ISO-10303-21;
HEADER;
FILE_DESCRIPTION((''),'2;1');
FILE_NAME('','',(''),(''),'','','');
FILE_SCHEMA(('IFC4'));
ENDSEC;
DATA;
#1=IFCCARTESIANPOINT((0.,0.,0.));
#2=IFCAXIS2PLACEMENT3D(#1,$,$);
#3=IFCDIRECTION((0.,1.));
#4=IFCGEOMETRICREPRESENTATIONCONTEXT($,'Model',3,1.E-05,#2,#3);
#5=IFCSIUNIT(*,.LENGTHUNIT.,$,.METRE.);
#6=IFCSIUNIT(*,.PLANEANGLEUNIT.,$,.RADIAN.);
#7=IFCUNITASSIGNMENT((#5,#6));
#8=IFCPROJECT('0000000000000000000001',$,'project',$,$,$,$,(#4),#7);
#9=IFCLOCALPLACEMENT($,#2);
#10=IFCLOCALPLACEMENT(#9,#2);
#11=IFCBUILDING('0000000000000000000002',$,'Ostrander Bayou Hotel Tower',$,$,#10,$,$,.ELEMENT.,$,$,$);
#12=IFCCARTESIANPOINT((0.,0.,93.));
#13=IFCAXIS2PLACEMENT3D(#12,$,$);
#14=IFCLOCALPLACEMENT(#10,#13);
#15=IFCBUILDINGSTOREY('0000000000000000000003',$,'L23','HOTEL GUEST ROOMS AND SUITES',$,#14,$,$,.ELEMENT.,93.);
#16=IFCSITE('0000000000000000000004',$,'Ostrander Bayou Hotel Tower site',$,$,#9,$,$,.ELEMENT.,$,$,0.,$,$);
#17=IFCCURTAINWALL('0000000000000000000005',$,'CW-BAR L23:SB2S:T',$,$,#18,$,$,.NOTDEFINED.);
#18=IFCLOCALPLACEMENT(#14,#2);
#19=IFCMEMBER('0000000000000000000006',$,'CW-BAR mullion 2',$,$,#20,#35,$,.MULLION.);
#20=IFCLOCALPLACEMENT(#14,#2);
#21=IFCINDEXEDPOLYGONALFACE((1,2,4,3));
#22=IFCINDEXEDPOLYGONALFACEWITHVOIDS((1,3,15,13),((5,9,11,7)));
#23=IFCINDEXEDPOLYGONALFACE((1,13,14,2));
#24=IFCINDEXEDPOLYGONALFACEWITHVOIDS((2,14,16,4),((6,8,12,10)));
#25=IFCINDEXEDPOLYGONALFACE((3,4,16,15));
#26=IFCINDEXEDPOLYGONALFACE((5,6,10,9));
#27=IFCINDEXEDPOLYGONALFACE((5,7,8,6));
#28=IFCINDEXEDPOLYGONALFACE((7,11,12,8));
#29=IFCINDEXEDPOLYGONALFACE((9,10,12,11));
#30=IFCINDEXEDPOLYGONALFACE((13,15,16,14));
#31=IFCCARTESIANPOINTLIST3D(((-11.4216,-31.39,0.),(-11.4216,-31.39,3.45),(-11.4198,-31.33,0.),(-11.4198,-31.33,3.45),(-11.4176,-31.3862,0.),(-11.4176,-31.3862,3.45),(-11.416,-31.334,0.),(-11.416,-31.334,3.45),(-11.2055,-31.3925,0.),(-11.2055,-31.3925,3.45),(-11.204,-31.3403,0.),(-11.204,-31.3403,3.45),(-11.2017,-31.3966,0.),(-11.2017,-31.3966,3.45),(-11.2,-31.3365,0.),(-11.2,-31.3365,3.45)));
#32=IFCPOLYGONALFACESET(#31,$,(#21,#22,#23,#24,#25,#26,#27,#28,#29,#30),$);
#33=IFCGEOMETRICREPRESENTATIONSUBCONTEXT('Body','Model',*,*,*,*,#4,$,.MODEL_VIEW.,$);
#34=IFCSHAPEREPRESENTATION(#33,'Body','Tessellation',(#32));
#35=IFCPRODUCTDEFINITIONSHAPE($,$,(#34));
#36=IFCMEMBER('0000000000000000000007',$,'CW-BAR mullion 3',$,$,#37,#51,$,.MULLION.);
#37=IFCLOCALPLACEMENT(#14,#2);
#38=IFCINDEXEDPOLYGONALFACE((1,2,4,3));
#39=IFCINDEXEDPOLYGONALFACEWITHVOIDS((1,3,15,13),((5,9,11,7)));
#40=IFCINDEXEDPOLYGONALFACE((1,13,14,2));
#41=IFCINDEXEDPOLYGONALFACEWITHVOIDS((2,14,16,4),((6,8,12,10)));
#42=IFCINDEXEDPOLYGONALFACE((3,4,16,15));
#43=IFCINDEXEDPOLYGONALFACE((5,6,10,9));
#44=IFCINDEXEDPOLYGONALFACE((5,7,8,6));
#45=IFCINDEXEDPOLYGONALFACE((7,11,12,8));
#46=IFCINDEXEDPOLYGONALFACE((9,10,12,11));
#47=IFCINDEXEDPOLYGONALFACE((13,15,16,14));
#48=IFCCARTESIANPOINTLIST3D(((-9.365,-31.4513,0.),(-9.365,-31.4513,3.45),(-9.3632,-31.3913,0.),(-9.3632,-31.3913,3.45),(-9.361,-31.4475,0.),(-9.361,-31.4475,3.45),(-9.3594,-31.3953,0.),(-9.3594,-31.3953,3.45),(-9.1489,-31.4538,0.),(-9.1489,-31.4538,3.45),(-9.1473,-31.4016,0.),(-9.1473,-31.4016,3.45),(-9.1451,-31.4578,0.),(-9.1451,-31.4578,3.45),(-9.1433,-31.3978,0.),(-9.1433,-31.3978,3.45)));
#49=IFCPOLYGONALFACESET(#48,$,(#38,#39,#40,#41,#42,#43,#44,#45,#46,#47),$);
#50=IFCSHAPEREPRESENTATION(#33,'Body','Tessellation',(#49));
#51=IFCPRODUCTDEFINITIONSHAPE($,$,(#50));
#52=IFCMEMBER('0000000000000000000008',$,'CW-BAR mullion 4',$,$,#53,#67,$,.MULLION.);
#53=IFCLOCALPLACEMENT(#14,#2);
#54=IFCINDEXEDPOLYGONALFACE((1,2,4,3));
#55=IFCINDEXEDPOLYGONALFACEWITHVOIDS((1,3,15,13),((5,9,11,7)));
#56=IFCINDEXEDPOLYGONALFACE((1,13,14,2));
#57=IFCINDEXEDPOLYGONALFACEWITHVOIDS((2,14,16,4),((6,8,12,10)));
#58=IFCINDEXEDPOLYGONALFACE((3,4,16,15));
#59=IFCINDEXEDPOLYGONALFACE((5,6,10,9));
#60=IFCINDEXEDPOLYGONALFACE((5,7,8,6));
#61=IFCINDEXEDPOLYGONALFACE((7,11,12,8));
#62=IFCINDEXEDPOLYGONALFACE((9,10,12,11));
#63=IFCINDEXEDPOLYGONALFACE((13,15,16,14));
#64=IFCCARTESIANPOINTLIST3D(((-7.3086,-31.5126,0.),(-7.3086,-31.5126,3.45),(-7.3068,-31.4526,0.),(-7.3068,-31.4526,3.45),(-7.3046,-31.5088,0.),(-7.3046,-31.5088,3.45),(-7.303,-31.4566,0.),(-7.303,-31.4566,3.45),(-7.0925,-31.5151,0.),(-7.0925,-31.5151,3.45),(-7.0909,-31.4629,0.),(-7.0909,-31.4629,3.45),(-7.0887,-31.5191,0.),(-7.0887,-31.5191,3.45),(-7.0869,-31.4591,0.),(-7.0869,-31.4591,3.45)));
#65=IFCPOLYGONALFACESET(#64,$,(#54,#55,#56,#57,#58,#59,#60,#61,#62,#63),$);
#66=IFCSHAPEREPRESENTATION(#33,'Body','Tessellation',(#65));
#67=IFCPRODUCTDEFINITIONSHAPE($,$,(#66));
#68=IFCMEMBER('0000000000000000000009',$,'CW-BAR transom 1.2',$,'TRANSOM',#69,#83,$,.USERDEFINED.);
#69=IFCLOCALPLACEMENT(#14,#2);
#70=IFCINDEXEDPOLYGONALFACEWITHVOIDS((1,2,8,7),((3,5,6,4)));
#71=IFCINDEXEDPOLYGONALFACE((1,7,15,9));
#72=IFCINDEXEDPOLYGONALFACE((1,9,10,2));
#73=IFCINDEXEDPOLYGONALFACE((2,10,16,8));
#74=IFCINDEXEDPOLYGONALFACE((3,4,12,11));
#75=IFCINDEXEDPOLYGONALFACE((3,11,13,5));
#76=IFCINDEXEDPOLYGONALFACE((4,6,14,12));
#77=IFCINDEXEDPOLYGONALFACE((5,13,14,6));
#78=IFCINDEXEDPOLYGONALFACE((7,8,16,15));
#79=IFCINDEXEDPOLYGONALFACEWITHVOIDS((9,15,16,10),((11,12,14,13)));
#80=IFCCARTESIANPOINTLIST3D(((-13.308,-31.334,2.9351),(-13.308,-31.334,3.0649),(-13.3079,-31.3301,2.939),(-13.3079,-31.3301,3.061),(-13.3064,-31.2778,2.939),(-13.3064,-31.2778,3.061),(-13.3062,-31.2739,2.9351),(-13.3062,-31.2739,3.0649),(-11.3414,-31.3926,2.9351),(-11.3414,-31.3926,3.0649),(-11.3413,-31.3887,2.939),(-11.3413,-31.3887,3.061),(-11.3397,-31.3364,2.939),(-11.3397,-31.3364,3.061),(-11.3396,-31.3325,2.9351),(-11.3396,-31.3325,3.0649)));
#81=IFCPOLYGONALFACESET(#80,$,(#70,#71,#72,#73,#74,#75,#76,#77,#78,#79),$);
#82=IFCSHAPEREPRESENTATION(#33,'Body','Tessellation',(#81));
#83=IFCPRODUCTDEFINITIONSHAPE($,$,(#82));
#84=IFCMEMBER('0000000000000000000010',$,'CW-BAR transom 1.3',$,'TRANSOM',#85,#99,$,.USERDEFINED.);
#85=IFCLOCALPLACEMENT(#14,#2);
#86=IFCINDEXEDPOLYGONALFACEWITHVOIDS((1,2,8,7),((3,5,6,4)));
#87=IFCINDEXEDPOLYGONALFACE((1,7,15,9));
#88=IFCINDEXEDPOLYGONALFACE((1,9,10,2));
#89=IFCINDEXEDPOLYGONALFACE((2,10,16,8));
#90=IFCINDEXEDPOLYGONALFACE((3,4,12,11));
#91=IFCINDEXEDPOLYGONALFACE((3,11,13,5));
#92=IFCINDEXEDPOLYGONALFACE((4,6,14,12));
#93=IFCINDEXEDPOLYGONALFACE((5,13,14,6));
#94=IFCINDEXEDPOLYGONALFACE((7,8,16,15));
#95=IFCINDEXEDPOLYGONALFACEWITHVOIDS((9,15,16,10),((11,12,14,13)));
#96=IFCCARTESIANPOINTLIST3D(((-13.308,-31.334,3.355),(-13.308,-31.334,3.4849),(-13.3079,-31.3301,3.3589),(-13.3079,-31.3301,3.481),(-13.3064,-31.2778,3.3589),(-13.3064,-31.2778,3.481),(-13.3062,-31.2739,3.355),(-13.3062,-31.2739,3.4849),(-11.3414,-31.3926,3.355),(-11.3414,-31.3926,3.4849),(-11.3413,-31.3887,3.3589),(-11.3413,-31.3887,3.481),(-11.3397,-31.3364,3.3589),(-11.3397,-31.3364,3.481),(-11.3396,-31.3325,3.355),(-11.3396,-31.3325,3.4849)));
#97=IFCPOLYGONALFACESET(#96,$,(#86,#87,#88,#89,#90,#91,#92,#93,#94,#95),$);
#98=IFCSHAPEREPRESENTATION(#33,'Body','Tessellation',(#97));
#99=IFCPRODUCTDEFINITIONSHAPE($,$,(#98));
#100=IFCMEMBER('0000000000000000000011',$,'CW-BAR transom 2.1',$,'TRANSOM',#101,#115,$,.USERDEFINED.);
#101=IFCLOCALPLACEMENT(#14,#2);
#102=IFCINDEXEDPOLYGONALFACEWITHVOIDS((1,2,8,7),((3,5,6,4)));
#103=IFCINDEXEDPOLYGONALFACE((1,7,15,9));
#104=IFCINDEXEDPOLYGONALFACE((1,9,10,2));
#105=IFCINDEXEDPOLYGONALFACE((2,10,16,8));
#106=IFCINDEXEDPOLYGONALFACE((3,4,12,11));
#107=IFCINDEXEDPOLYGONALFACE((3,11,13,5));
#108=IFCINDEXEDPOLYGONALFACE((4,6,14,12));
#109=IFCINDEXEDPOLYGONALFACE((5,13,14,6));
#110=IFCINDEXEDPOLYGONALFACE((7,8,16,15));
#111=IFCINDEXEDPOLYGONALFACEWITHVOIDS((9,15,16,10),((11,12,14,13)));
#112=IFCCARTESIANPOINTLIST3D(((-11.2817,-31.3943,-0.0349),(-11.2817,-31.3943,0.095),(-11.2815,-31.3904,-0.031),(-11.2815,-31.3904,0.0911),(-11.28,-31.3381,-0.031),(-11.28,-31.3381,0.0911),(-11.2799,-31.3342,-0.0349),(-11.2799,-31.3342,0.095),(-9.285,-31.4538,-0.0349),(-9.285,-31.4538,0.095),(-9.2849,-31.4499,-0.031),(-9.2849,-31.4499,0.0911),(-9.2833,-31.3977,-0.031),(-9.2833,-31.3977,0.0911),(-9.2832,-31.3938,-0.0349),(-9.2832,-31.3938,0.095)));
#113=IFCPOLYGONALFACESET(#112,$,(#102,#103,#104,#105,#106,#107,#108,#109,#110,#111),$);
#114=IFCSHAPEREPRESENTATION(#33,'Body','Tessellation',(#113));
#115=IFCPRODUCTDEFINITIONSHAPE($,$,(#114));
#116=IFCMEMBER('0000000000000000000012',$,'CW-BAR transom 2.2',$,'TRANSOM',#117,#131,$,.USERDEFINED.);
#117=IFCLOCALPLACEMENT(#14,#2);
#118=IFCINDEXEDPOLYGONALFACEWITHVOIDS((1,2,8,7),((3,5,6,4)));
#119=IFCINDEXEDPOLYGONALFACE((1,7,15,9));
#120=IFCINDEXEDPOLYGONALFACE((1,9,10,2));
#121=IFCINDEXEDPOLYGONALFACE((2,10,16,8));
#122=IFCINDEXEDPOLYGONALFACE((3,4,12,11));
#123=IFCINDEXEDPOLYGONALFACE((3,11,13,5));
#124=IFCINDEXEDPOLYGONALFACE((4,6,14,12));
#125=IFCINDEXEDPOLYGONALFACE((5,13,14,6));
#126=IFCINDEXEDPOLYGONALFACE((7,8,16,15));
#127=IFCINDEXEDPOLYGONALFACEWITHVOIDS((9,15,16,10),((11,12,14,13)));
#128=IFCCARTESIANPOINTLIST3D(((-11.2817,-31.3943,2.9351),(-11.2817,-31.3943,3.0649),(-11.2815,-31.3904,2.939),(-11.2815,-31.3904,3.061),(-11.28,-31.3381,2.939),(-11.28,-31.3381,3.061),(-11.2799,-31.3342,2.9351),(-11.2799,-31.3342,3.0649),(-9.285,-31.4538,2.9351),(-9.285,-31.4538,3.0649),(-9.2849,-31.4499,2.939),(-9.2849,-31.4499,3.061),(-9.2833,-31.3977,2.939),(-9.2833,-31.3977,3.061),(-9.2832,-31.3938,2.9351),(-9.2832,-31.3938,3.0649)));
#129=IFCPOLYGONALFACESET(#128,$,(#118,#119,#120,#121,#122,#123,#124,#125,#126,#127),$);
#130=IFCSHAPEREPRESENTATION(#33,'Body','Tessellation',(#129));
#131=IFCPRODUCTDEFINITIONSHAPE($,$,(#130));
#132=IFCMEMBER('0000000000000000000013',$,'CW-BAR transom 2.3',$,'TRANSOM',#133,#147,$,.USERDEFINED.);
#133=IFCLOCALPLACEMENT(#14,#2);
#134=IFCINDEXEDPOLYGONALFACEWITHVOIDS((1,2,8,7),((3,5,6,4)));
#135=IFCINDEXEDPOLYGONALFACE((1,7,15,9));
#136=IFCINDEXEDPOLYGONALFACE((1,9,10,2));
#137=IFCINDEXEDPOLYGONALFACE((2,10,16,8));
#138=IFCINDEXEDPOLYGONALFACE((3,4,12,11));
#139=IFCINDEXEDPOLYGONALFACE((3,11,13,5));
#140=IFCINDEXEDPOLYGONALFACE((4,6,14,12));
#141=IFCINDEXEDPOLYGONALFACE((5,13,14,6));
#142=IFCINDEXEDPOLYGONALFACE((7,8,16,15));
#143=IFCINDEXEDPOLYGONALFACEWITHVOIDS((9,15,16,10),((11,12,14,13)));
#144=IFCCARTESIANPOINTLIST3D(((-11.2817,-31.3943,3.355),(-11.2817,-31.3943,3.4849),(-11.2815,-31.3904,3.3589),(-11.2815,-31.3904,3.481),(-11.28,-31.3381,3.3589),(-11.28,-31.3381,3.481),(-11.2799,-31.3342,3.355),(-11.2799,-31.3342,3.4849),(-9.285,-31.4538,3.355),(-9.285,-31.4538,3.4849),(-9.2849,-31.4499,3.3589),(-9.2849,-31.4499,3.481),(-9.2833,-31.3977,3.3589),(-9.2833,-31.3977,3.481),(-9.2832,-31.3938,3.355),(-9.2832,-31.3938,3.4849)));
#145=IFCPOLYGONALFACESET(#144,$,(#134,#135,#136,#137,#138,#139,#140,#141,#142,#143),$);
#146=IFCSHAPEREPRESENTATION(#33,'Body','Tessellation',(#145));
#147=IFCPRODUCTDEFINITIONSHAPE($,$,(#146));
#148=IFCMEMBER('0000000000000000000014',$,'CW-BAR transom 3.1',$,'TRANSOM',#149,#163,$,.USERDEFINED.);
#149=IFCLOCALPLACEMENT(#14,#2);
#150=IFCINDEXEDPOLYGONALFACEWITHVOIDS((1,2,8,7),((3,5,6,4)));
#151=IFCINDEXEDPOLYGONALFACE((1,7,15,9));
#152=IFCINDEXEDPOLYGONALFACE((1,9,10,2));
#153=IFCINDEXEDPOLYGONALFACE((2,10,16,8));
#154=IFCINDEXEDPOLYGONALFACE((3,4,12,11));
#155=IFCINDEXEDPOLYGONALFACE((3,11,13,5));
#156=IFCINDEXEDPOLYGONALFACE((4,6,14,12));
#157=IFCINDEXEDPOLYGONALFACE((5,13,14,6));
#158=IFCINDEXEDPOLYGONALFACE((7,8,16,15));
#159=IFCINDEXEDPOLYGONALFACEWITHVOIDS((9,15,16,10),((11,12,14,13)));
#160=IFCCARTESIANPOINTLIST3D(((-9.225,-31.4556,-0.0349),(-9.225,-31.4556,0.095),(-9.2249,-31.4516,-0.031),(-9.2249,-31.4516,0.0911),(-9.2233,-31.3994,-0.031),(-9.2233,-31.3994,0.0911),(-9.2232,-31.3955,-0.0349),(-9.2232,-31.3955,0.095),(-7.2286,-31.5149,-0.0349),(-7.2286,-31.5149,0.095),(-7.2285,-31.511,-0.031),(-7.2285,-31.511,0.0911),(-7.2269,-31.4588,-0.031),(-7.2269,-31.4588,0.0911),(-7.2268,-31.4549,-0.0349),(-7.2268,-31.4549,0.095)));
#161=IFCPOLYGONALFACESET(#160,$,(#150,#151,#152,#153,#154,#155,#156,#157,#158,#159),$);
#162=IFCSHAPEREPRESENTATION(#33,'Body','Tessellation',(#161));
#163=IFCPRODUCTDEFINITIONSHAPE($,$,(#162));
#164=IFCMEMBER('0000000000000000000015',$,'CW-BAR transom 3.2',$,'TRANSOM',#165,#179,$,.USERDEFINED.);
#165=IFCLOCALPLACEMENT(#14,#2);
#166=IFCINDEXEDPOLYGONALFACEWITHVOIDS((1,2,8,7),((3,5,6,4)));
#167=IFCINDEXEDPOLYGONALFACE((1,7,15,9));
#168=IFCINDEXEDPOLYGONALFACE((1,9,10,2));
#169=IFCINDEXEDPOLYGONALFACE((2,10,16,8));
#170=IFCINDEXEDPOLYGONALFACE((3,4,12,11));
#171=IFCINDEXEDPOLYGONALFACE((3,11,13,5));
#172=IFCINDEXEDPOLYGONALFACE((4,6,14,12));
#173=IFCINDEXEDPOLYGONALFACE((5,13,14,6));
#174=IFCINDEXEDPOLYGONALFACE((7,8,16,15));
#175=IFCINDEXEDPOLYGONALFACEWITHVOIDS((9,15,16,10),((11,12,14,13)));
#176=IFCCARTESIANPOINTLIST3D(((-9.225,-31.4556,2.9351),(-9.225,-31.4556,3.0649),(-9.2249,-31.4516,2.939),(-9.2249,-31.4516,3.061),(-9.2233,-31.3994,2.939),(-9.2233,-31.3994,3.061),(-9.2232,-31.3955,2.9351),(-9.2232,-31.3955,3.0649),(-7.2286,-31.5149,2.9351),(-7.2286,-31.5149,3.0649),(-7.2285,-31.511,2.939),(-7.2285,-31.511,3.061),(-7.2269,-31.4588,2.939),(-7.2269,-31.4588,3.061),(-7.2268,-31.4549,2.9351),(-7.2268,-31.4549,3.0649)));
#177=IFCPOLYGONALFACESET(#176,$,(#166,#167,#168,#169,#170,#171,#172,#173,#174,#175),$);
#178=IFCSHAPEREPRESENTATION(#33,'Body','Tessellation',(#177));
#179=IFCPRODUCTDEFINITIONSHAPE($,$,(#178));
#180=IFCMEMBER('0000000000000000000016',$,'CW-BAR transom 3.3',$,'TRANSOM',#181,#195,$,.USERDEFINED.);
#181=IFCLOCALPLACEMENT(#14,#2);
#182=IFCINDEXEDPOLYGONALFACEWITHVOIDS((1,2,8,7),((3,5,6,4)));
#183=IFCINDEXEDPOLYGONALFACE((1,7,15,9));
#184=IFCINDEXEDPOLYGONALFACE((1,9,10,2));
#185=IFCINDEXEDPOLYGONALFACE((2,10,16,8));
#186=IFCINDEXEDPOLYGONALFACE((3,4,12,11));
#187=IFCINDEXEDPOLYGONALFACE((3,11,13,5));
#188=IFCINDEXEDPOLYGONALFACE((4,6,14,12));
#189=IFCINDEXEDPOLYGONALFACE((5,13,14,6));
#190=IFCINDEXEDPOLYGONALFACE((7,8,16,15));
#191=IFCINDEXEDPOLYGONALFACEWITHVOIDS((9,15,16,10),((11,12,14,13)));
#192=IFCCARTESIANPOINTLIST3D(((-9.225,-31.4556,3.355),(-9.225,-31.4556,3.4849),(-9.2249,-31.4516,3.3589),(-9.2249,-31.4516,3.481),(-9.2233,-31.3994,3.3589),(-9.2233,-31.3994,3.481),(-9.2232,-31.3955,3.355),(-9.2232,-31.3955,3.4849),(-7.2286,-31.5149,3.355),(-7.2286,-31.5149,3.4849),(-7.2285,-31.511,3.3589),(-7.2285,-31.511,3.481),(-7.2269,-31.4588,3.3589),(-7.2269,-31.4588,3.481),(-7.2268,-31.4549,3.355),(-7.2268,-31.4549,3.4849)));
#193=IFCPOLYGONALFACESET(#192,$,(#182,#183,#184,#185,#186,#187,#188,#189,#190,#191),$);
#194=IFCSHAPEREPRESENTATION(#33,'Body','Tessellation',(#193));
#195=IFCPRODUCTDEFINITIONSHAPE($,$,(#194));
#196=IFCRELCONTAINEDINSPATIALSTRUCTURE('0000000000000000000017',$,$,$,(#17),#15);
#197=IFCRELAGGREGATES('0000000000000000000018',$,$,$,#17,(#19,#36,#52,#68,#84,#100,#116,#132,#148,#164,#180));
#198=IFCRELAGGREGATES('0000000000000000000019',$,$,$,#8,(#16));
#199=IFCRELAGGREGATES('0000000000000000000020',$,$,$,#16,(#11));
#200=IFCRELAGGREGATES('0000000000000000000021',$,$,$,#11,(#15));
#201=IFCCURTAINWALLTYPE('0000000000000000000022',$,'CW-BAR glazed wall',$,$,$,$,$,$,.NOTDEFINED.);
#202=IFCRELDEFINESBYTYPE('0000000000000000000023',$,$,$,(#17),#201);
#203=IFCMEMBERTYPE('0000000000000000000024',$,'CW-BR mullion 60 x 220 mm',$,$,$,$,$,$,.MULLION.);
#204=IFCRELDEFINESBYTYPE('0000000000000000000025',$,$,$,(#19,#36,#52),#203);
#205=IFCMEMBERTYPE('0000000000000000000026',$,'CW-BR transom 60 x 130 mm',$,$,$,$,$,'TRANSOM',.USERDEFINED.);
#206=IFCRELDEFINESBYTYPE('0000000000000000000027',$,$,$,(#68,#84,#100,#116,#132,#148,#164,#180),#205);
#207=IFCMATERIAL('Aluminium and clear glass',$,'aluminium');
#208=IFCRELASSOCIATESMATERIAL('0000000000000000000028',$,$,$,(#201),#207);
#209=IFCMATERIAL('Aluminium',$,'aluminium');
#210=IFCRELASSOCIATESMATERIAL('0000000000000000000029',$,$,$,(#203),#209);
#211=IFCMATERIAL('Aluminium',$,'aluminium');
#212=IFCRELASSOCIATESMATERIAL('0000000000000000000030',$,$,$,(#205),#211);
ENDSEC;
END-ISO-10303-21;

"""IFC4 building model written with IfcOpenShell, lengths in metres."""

from ifc_helpers import new_model, si_unit, direction, frame, origin, origin_2d, place, context, subcontext, project, spatial, hollow_rectangle, extrude, material, material_profile, profile_set, type_object, element, aggregate, save


model = new_model("IFC4")

# Units and contexts
model_context = context("Model", 3, precision=1e-05, world=origin(), true_north=direction((0.0, 1.0)))
body_context = subcontext(model_context, "Body", "Model", "MODEL_VIEW")
ifc_project = project(units=[si_unit("LENGTHUNIT", "METRE"), si_unit("PLANEANGLEUNIT", "RADIAN")], contexts=[model_context])

# Site, building, storey
site_placement = place(None, origin())
site = spatial("IfcSite", under=ifc_project, at=site_placement, Name="Ostrander Bayou Hotel Tower site", CompositionType="ELEMENT", RefElevation=0.0)
building_placement = place(site_placement, origin())
building = spatial("IfcBuilding", under=site, at=building_placement, Name="Ostrander Bayou Hotel Tower", CompositionType="ELEMENT")
storey_placement = place(building_placement, frame((0.0, 0.0, 93.0)))
storey = spatial("IfcBuildingStorey", under=building, at=storey_placement, Name="L23", Description="HOTEL GUEST ROOMS AND SUITES", CompositionType="ELEMENT", Elevation=93.0)

# Curtain wall, members
ifc_material_1 = material(Name="Aluminium and clear glass", Category="aluminium")
curtain_wall_type = type_object("IfcCurtainWallType", Name="CW-BAR glazed wall", PredefinedType="NOTDEFINED", material=ifc_material_1)
curtain_wall_placement = place(storey_placement, origin())
curtain_wall = element("IfcCurtainWall", 1, at=curtain_wall_placement, inside=storey, type_object=curtain_wall_type, Name="CW-BAR L23:SB2S:T", PredefinedType="NOTDEFINED")
ifc_material_2 = material(Name="Aluminium", Category="aluminium")
ifc_material_profile_1 = material_profile(ifc_material_2, hollow_rectangle(XDim=0.0601, YDim=0.22, WallThickness=0.0039, at=origin_2d()))
ifc_profile_set_1 = profile_set([ifc_material_profile_1], Name="Aluminium")
member_type_1 = type_object("IfcMemberType", Name="CW-BR mullion 60 x 220 mm", PredefinedType="MULLION", material=ifc_profile_set_1)
member_1_placement = place(storey_placement, frame((-11.3108, -31.3633, 0.0), z_axis=(0.0, 0.0, 1.0), x_axis=(0.029746, 0.999557, 0.0)))
member_1 = element("IfcMember", 2, at=member_1_placement, type_object=member_type_1, Name="CW-BAR mullion 2", PredefinedType="MULLION", context=body_context, shape_type="SweptSolid", body=[
    extrude(hollow_rectangle(XDim=0.0601, YDim=0.22, WallThickness=0.0039, at=origin_2d()), origin(), (0.0, 0.0, 1.0), 3.45),
])
member_2_placement = place(storey_placement, frame((-9.2542, -31.4246, 0.0), z_axis=(0.0, 0.0, 1.0), x_axis=(0.029746, 0.999557, 0.0)))
member_2 = element("IfcMember", 3, at=member_2_placement, type_object=member_type_1, Name="CW-BAR mullion 3", PredefinedType="MULLION", context=body_context, shape_type="SweptSolid", body=[
    extrude(hollow_rectangle(XDim=0.0601, YDim=0.22, WallThickness=0.0039, at=origin_2d()), origin(), (0.0, 0.0, 1.0), 3.45),
])
member_3_placement = place(storey_placement, frame((-7.1978, -31.4858, 0.0), z_axis=(0.0, 0.0, 1.0), x_axis=(0.029746, 0.999557, 0.0)))
member_3 = element("IfcMember", 4, at=member_3_placement, type_object=member_type_1, Name="CW-BAR mullion 4", PredefinedType="MULLION", context=body_context, shape_type="SweptSolid", body=[
    extrude(hollow_rectangle(XDim=0.0601, YDim=0.22, WallThickness=0.0039, at=origin_2d()), origin(), (0.0, 0.0, 1.0), 3.45),
])
ifc_material_3 = material(Name="Aluminium", Category="aluminium")
ifc_material_profile_2 = material_profile(ifc_material_3, hollow_rectangle(XDim=0.0601, YDim=0.1299, WallThickness=0.0039, at=origin_2d()))
ifc_profile_set_2 = profile_set([ifc_material_profile_2], Name="Aluminium")
member_type_2 = type_object("IfcMemberType", Name="CW-BR transom 60 x 130 mm", ElementType="TRANSOM", PredefinedType="USERDEFINED", material=ifc_profile_set_2)
member_4_placement = place(storey_placement, frame((-13.3071, -31.304, 3.0), z_axis=(0.999556, -0.029782, 0.0), x_axis=(0.029782, 0.999556, 0.0)))
member_4 = element("IfcMember", 5, at=member_4_placement, type_object=member_type_2, Name="CW-BAR transom 1.2", ObjectType="TRANSOM", PredefinedType="USERDEFINED", context=body_context, shape_type="SweptSolid", body=[
    extrude(hollow_rectangle(XDim=0.0601, YDim=0.1299, WallThickness=0.0039, at=origin_2d()), origin(), (0.0, 0.0, 1.0), 1.9675),
])
member_5_placement = place(storey_placement, frame((-13.3071, -31.304, 3.4199), z_axis=(0.999556, -0.029782, 0.0), x_axis=(0.029782, 0.999556, 0.0)))
member_5 = element("IfcMember", 6, at=member_5_placement, type_object=member_type_2, Name="CW-BAR transom 1.3", ObjectType="TRANSOM", PredefinedType="USERDEFINED", context=body_context, shape_type="SweptSolid", body=[
    extrude(hollow_rectangle(XDim=0.0601, YDim=0.1299, WallThickness=0.0039, at=origin_2d()), origin(), (0.0, 0.0, 1.0), 1.9675),
])
member_6_placement = place(storey_placement, frame((-11.2808, -31.3643, 0.03), z_axis=(0.999555, -0.029823, 0.0), x_axis=(0.029823, 0.999555, 0.0)))
member_6 = element("IfcMember", 7, at=member_6_placement, type_object=member_type_2, Name="CW-BAR transom 2.1", ObjectType="TRANSOM", PredefinedType="USERDEFINED", context=body_context, shape_type="SweptSolid", body=[
    extrude(hollow_rectangle(XDim=0.0601, YDim=0.1299, WallThickness=0.0039, at=origin_2d()), origin(), (0.0, 0.0, 1.0), 1.9976),
])
member_7_placement = place(storey_placement, frame((-11.2808, -31.3643, 3.0), z_axis=(0.999555, -0.029823, 0.0), x_axis=(0.029823, 0.999555, 0.0)))
member_7 = element("IfcMember", 8, at=member_7_placement, type_object=member_type_2, Name="CW-BAR transom 2.2", ObjectType="TRANSOM", PredefinedType="USERDEFINED", context=body_context, shape_type="SweptSolid", body=[
    extrude(hollow_rectangle(XDim=0.0601, YDim=0.1299, WallThickness=0.0039, at=origin_2d()), origin(), (0.0, 0.0, 1.0), 1.9976),
])
member_8_placement = place(storey_placement, frame((-11.2808, -31.3643, 3.4199), z_axis=(0.999555, -0.029823, 0.0), x_axis=(0.029823, 0.999555, 0.0)))
member_8 = element("IfcMember", 9, at=member_8_placement, type_object=member_type_2, Name="CW-BAR transom 2.3", ObjectType="TRANSOM", PredefinedType="USERDEFINED", context=body_context, shape_type="SweptSolid", body=[
    extrude(hollow_rectangle(XDim=0.0601, YDim=0.1299, WallThickness=0.0039, at=origin_2d()), origin(), (0.0, 0.0, 1.0), 1.9976),
])
member_9_placement = place(storey_placement, frame((-9.2241, -31.4255, 0.03), z_axis=(0.999559, -0.029704, 0.0), x_axis=(0.029704, 0.999559, 0.0)))
member_9 = element("IfcMember", 10, at=member_9_placement, type_object=member_type_2, Name="CW-BAR transom 3.1", ObjectType="TRANSOM", PredefinedType="USERDEFINED", context=body_context, shape_type="SweptSolid", body=[
    extrude(hollow_rectangle(XDim=0.0601, YDim=0.1299, WallThickness=0.0039, at=origin_2d()), origin(), (0.0, 0.0, 1.0), 1.9973),
])
member_10_placement = place(storey_placement, frame((-9.2241, -31.4255, 3.0), z_axis=(0.999559, -0.029704, 0.0), x_axis=(0.029704, 0.999559, 0.0)))
member_10 = element("IfcMember", 11, at=member_10_placement, type_object=member_type_2, Name="CW-BAR transom 3.2", ObjectType="TRANSOM", PredefinedType="USERDEFINED", context=body_context, shape_type="SweptSolid", body=[
    extrude(hollow_rectangle(XDim=0.0601, YDim=0.1299, WallThickness=0.0039, at=origin_2d()), origin(), (0.0, 0.0, 1.0), 1.9973),
])
member_11_placement = place(storey_placement, frame((-9.2241, -31.4255, 3.4199), z_axis=(0.999559, -0.029704, 0.0), x_axis=(0.029704, 0.999559, 0.0)))
member_11 = element("IfcMember", 12, at=member_11_placement, type_object=member_type_2, Name="CW-BAR transom 3.3", ObjectType="TRANSOM", PredefinedType="USERDEFINED", context=body_context, shape_type="SweptSolid", body=[
    extrude(hollow_rectangle(XDim=0.0601, YDim=0.1299, WallThickness=0.0039, at=origin_2d()), origin(), (0.0, 0.0, 1.0), 1.9973),
])
aggregate(curtain_wall, [member_1, member_2, member_3, member_4, member_5, member_6, member_7, member_8, member_9, member_10, member_11])

save(model, "model.ifc")
